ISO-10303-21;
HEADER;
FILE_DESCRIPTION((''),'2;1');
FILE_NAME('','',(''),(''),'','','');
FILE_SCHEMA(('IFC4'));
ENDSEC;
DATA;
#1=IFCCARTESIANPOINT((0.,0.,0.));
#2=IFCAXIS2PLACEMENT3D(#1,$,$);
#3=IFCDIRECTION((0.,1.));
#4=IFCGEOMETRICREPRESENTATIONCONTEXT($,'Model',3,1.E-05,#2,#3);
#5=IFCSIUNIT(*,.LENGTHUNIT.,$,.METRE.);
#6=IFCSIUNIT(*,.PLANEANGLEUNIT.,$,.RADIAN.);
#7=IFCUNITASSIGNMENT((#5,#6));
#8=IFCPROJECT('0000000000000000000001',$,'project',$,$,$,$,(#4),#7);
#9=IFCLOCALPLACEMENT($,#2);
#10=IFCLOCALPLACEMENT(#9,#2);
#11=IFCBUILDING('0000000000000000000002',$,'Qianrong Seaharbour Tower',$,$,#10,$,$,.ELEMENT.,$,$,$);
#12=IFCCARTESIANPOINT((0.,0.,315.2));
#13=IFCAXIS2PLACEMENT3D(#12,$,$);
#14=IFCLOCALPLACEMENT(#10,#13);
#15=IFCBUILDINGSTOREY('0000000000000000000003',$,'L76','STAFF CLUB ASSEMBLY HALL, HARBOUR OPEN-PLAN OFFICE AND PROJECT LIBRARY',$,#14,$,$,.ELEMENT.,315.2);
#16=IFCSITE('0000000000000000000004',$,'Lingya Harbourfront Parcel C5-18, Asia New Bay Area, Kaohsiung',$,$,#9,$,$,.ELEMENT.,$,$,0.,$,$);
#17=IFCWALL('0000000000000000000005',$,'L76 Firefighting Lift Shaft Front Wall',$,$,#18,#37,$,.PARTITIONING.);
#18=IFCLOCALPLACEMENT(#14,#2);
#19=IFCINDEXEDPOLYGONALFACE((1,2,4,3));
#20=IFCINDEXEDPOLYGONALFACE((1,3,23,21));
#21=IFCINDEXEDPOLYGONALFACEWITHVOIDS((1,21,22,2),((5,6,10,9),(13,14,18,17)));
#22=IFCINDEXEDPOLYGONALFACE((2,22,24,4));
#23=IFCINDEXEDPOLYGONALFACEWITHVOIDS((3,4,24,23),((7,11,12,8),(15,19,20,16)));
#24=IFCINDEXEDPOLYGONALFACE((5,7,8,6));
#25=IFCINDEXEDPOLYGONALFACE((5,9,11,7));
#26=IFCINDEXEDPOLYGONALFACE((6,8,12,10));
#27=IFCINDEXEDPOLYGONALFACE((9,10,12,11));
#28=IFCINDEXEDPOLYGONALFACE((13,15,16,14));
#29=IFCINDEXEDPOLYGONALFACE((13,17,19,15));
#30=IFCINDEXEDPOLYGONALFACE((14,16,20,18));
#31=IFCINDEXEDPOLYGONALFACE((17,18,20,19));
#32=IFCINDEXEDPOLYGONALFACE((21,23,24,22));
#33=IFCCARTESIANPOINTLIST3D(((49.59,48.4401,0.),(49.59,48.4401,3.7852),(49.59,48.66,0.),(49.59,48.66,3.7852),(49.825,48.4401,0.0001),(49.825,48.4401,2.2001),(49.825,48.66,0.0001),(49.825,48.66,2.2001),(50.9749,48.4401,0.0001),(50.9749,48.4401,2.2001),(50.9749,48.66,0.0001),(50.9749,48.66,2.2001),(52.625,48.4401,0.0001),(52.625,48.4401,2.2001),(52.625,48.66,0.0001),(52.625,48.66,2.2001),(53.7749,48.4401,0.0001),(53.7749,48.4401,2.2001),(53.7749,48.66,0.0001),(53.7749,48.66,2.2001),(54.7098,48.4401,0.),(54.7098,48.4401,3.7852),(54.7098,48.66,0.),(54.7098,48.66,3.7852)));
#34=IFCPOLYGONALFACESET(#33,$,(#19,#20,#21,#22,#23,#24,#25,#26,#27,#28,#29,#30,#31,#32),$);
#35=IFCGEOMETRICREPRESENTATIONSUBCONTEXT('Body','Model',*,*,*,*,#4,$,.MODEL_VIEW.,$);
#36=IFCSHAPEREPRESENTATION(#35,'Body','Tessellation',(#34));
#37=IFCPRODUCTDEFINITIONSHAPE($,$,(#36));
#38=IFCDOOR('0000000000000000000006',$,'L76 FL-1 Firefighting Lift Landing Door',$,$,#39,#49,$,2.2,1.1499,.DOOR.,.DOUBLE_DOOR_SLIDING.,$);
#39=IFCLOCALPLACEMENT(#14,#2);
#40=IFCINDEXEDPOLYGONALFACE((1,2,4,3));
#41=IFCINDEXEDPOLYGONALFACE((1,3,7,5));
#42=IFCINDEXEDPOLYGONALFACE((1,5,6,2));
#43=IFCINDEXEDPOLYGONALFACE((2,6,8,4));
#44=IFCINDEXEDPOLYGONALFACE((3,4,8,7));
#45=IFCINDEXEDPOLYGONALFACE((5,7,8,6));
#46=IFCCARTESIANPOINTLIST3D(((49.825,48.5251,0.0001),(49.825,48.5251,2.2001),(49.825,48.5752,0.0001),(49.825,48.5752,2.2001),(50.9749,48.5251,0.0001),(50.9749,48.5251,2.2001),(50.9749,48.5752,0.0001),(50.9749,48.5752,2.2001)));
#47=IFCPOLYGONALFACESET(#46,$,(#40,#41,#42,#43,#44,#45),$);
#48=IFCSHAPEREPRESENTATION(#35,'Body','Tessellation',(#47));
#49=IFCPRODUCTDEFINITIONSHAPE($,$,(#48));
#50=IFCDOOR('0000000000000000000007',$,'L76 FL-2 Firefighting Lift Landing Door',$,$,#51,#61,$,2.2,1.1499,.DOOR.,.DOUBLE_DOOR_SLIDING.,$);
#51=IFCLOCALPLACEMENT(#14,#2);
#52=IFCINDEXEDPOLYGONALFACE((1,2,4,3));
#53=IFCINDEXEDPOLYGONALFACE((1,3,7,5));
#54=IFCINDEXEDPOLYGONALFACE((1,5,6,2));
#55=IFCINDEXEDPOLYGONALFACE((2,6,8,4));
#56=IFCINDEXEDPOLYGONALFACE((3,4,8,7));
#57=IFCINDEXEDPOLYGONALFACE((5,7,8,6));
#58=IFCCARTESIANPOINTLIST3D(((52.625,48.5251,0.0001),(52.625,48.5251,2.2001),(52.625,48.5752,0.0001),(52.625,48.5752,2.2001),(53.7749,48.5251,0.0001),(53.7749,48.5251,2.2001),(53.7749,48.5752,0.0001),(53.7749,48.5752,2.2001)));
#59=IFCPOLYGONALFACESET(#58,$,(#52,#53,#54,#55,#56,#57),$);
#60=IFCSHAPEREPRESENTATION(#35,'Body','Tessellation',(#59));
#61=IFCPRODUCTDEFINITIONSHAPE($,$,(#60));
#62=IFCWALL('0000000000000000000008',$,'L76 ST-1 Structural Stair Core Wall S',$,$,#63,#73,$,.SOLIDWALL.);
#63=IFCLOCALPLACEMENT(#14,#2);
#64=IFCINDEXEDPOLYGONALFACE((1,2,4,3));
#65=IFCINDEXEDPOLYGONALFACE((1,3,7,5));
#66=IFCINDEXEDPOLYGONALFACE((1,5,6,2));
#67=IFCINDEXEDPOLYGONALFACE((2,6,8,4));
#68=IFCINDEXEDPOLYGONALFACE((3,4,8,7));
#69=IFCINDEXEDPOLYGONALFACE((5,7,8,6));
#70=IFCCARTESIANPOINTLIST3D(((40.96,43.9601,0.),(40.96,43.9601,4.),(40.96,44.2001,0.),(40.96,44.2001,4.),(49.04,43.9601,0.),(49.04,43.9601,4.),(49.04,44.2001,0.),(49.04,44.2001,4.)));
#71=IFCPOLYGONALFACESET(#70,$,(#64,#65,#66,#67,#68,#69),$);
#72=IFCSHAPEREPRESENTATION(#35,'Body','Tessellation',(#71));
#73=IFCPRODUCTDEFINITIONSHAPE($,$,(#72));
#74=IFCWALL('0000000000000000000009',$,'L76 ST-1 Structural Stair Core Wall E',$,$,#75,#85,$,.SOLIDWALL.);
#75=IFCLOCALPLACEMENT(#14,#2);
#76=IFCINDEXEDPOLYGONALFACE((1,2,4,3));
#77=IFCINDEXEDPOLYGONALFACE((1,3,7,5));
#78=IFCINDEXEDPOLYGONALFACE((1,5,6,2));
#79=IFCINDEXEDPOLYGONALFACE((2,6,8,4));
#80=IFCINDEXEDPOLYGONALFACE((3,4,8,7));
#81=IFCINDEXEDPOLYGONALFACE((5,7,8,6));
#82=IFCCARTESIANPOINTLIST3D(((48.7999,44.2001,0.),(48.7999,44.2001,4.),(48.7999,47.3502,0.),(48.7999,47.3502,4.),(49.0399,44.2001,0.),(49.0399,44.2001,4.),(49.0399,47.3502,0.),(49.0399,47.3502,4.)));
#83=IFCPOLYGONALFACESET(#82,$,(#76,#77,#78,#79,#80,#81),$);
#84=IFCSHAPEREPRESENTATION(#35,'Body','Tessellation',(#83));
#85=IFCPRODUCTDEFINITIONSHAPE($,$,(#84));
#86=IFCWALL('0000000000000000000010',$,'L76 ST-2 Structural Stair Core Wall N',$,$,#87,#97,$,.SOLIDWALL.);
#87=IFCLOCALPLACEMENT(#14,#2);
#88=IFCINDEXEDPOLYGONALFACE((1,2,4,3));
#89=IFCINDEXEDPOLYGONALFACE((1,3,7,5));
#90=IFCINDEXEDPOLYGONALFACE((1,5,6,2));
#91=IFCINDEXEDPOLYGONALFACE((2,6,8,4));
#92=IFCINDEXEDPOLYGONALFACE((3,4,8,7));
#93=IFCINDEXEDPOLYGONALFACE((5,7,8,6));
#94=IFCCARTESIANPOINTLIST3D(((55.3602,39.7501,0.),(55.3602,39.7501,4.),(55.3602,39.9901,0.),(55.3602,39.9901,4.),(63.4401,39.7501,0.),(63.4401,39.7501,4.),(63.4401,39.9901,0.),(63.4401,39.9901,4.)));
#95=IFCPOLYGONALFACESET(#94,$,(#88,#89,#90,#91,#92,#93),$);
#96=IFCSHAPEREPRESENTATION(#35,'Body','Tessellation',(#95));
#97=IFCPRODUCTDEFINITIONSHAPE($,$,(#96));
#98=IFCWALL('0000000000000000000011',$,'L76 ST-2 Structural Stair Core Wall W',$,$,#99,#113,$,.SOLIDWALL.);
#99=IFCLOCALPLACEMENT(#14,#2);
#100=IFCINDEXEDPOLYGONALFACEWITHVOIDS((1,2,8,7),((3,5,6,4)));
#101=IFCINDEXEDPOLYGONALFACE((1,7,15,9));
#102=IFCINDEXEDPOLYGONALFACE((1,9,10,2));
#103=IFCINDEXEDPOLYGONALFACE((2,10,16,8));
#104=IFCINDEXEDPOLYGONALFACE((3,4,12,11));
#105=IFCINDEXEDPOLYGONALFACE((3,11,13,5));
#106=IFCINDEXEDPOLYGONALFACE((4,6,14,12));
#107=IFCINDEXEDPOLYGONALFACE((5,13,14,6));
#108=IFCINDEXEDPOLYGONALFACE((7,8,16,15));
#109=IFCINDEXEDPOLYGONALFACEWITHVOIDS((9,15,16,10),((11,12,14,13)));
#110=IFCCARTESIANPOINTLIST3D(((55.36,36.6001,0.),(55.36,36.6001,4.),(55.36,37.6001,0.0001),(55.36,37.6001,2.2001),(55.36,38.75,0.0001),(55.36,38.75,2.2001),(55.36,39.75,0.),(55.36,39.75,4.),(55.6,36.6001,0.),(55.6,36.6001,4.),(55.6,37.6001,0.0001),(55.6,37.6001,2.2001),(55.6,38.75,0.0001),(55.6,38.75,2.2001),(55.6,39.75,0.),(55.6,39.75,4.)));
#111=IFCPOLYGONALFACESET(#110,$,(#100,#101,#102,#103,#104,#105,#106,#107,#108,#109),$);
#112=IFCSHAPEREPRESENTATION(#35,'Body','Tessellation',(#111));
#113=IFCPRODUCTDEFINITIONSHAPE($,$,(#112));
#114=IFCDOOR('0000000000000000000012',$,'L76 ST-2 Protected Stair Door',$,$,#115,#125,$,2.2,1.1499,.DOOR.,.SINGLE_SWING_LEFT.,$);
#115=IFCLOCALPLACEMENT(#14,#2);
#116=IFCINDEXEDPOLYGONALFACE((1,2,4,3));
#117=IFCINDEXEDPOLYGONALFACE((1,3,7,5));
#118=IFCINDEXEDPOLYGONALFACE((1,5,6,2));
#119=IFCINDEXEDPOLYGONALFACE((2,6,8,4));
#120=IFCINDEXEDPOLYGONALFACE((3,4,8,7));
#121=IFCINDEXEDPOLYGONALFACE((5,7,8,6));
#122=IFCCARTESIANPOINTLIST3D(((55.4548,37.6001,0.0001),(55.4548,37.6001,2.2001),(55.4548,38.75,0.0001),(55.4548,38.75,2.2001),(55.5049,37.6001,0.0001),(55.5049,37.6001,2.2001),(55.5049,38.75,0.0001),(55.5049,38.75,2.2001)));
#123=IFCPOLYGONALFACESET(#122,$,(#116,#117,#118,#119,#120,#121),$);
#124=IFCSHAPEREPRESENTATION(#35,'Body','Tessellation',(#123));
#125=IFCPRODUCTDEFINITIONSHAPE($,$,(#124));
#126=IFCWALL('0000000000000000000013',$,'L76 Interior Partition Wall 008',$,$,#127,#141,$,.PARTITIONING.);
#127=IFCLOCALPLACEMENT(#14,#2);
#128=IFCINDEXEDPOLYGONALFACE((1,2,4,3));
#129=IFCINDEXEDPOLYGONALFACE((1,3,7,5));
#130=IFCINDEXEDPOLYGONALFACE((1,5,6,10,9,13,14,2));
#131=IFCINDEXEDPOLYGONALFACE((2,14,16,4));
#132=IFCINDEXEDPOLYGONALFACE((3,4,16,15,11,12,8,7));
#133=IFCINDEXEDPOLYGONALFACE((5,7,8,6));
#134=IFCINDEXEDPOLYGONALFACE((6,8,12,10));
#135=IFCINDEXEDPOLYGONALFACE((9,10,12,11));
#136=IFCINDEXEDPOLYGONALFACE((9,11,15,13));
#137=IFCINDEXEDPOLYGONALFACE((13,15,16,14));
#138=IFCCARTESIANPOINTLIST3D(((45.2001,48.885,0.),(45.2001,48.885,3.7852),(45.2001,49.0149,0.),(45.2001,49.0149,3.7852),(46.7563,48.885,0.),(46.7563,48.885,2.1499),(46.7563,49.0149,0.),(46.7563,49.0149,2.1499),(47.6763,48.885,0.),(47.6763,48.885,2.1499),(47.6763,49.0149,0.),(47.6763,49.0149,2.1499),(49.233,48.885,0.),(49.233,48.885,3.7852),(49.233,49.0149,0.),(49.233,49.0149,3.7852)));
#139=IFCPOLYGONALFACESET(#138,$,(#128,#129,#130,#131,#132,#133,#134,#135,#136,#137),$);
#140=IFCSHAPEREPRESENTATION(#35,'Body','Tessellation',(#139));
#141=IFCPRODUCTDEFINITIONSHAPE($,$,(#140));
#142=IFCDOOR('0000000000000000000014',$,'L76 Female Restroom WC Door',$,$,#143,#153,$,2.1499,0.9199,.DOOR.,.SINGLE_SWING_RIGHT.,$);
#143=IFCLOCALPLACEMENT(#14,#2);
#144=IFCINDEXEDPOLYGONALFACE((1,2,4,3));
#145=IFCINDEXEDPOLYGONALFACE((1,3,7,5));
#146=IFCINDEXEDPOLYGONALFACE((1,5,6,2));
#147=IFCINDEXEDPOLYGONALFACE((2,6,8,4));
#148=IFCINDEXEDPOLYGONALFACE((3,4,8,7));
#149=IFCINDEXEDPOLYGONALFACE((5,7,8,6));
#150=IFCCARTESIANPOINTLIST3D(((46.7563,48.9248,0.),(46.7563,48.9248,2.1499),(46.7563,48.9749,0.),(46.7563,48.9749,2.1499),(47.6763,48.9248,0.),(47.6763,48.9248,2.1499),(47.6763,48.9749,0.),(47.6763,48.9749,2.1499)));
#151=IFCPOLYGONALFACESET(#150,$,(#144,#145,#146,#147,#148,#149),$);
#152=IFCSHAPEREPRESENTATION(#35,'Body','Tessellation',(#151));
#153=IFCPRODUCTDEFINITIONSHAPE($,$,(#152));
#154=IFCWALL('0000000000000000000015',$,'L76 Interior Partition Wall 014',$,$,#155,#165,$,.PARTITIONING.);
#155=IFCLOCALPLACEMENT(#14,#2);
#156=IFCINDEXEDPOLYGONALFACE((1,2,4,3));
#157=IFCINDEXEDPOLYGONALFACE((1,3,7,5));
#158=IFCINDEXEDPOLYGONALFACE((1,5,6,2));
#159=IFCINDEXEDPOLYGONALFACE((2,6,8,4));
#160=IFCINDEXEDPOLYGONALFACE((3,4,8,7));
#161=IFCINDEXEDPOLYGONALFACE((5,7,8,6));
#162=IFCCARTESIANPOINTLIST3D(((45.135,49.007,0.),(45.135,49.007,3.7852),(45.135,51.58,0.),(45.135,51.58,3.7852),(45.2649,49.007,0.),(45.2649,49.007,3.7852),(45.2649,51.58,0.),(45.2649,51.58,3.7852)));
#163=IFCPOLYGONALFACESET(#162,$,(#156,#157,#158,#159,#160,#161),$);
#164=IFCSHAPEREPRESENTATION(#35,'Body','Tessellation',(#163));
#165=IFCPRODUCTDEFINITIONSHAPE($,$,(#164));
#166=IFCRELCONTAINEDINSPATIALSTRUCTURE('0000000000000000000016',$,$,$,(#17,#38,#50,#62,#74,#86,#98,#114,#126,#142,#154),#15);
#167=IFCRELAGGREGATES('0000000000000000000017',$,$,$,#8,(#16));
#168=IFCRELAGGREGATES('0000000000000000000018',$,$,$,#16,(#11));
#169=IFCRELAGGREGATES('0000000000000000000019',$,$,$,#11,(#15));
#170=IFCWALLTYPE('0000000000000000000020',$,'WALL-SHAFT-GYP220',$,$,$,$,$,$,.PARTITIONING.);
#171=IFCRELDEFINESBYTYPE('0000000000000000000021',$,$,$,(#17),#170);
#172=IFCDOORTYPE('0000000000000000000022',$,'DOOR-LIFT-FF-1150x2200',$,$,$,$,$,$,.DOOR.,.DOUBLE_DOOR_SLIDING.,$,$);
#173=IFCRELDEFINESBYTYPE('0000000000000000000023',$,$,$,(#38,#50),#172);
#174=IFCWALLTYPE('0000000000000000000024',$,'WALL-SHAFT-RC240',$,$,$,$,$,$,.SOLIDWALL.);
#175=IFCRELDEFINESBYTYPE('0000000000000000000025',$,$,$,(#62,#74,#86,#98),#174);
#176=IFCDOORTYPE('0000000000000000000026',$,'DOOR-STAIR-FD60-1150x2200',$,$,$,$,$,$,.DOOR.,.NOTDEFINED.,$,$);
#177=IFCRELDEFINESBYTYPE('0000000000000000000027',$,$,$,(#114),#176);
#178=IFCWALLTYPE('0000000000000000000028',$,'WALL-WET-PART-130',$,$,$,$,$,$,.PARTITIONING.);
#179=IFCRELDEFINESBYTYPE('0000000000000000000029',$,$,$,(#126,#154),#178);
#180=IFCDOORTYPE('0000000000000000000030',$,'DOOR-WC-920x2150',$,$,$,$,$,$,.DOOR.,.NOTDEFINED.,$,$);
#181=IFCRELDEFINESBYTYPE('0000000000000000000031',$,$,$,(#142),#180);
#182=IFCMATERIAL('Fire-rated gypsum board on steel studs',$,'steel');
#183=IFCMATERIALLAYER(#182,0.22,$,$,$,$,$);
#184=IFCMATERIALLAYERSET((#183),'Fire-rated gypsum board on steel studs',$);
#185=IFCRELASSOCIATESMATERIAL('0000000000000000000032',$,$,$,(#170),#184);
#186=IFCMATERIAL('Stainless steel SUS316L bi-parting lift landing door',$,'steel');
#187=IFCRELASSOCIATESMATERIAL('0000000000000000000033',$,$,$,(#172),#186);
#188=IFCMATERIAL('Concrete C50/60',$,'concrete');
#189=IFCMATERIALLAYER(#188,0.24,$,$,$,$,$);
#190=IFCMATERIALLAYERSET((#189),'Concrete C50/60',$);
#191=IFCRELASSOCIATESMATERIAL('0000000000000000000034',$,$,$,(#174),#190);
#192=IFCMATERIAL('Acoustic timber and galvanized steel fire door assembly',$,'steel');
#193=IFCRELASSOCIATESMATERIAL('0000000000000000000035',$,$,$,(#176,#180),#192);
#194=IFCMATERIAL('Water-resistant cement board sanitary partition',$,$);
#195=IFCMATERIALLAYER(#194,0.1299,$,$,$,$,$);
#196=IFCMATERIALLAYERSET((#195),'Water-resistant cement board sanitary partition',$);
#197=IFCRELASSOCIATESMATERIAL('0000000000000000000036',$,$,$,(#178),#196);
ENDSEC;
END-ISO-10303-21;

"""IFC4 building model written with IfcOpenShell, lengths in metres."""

from ifc_helpers import new_model, si_unit, direction, frame, frame_2d, origin, place, context, subcontext, project, spatial, rectangle, extrude, material, layer, layer_set, type_object, element, fill, save


model = new_model("IFC4")

# Units and contexts
model_context = context("Model", 3, precision=1e-05, world=origin(), true_north=direction((0.0, 1.0)))
body_context = subcontext(model_context, "Body", "Model", "MODEL_VIEW")
ifc_project = project(units=[si_unit("LENGTHUNIT", "METRE"), si_unit("PLANEANGLEUNIT", "RADIAN")], contexts=[model_context])

# Site, building, storey
site_placement = place(None, origin())
site = spatial("IfcSite", under=ifc_project, at=site_placement, Name="Lingya Harbourfront Parcel C5-18, Asia New Bay Area, Kaohsiung", CompositionType="ELEMENT", RefElevation=0.0)
building_placement = place(site_placement, origin())
building = spatial("IfcBuilding", under=site, at=building_placement, Name="Qianrong Seaharbour Tower", CompositionType="ELEMENT")
storey_placement = place(building_placement, frame((0.0, 0.0, 315.2)))
storey = spatial("IfcBuildingStorey", under=building, at=storey_placement, Name="L76", Description="STAFF CLUB ASSEMBLY HALL, HARBOUR OPEN-PLAN OFFICE AND PROJECT LIBRARY", CompositionType="ELEMENT", Elevation=315.2)

# Shared definitions
ifc_material_1 = material(Name="Concrete C50/60", Category="concrete")

# Shared definitions
ifc_material_2 = material(Name="Acoustic timber and galvanized steel fire door assembly", Category="steel")

# Shared definitions
ifc_material_3 = material(Name="Fire-rated gypsum board on steel studs", Category="steel")

# Wall, openings, doors
ifc_layer_1 = layer(ifc_material_3, 0.22)
ifc_layer_set_1 = layer_set([ifc_layer_1], Name="Fire-rated gypsum board on steel studs")
wall_type_1 = type_object("IfcWallType", Name="WALL-SHAFT-GYP220", PredefinedType="PARTITIONING", material=ifc_layer_set_1)
wall_1_placement = place(storey_placement, frame((54.71, 48.55, 0.0), z_axis=(0.0, 0.0, 1.0), x_axis=(-1.0, 0.0, 0.0)))
wall_1 = element("IfcWall", 1, at=wall_1_placement, inside=storey, type_object=wall_type_1, Name="L76 Firefighting Lift Shaft Front Wall", PredefinedType="PARTITIONING", context=body_context, shape_type="SweptSolid", body=[
    extrude(rectangle(XDim=5.1199, YDim=0.22, at=frame_2d((2.5601, 0.0))), origin(), (0.0, 0.0, 1.0), 3.7852),
])
opening_1_placement = place(wall_1_placement, frame((3.7351, 0.0, 0.0)))
opening_1 = element("IfcOpeningElement", 2, at=opening_1_placement, cuts=wall_1, PredefinedType="OPENING", context=body_context, shape_type="SweptSolid", body=[
    extrude(rectangle(XDim=1.1499, YDim=2.2, at=frame_2d((0.575, 1.1001))), frame((0.0, 0.1201, 0.0), z_axis=(0.0, -1.0, 0.0), x_axis=(1.0, 0.0, 0.0)), (0.0, 0.0, 1.0), 0.24),
])
opening_2_placement = place(wall_1_placement, frame((0.9351, 0.0, 0.0)))
opening_2 = element("IfcOpeningElement", 3, at=opening_2_placement, cuts=wall_1, PredefinedType="OPENING", context=body_context, shape_type="SweptSolid", body=[
    extrude(rectangle(XDim=1.1499, YDim=2.2, at=frame_2d((0.575, 1.1001))), frame((0.0, 0.1201, 0.0), z_axis=(0.0, -1.0, 0.0), x_axis=(1.0, 0.0, 0.0)), (0.0, 0.0, 1.0), 0.24),
])
ifc_material_4 = material(Name="Stainless steel SUS316L bi-parting lift landing door", Category="steel")
door_type_1 = type_object("IfcDoorType", Name="DOOR-LIFT-FF-1150x2200", OperationType="DOUBLE_DOOR_SLIDING", PredefinedType="DOOR", material=ifc_material_4)
door_1_placement = place(opening_1_placement, origin())
door_1 = element("IfcDoor", 4, at=door_1_placement, inside=storey, type_object=door_type_1, Name="L76 FL-1 Firefighting Lift Landing Door", OperationType="DOUBLE_DOOR_SLIDING", OverallHeight=2.2, OverallWidth=1.1499, PredefinedType="DOOR", context=body_context, shape_type="SweptSolid", body=[
    extrude(rectangle(XDim=1.1499, YDim=2.2, at=frame_2d((0.575, 1.1001))), frame((0.0, 0.0249, 0.0), z_axis=(0.0, -1.0, 0.0), x_axis=(1.0, 0.0, 0.0)), (0.0, 0.0, 1.0), 0.05),
])
fill(opening_1, door_1)
door_2_placement = place(opening_2_placement, origin())
door_2 = element("IfcDoor", 5, at=door_2_placement, inside=storey, type_object=door_type_1, Name="L76 FL-2 Firefighting Lift Landing Door", OperationType="DOUBLE_DOOR_SLIDING", OverallHeight=2.2, OverallWidth=1.1499, PredefinedType="DOOR", context=body_context, shape_type="SweptSolid", body=[
    extrude(rectangle(XDim=1.1499, YDim=2.2, at=frame_2d((0.575, 1.1001))), frame((0.0, 0.0249, 0.0), z_axis=(0.0, -1.0, 0.0), x_axis=(1.0, 0.0, 0.0)), (0.0, 0.0, 1.0), 0.05),
])
fill(opening_2, door_2)

# Walls
ifc_layer_2 = layer(ifc_material_1, 0.24)
ifc_layer_set_2 = layer_set([ifc_layer_2], Name="Concrete C50/60")
wall_type_2 = type_object("IfcWallType", Name="WALL-SHAFT-RC240", PredefinedType="SOLIDWALL", material=ifc_layer_set_2)
wall_2_placement = place(storey_placement, frame((49.04, 44.0801, 0.0), z_axis=(0.0, 0.0, 1.0), x_axis=(-1.0, 0.0, 0.0)))
element("IfcWall", 6, at=wall_2_placement, inside=storey, type_object=wall_type_2, Name="L76 ST-1 Structural Stair Core Wall S", PredefinedType="SOLIDWALL", context=body_context, shape_type="SweptSolid", body=[
    extrude(rectangle(XDim=8.0801, YDim=0.24, at=frame_2d((4.04, 0.0))), origin(), (0.0, 0.0, 1.0), 4.0),
])
wall_3_placement = place(storey_placement, frame((48.9199, 44.2, 0.0), z_axis=(0.0, 0.0, 1.0), x_axis=(0.0, 1.0, 0.0)))
element("IfcWall", 7, at=wall_3_placement, inside=storey, type_object=wall_type_2, Name="L76 ST-1 Structural Stair Core Wall E", PredefinedType="SOLIDWALL", context=body_context, shape_type="SweptSolid", body=[
    extrude(rectangle(XDim=3.1501, YDim=0.24, at=frame_2d((1.5752, 0.0))), origin(), (0.0, 0.0, 1.0), 4.0),
])
wall_4_placement = place(storey_placement, frame((55.3601, 39.8701, 0.0), z_axis=(0.0, 0.0, 1.0), x_axis=(1.0, 0.0, 0.0)))
element("IfcWall", 8, at=wall_4_placement, inside=storey, type_object=wall_type_2, Name="L76 ST-2 Structural Stair Core Wall N", PredefinedType="SOLIDWALL", context=body_context, shape_type="SweptSolid", body=[
    extrude(rectangle(XDim=8.0798, YDim=0.24, at=frame_2d((4.04, 0.0))), origin(), (0.0, 0.0, 1.0), 4.0),
])

# Walls, openings, doors
wall_5_placement = place(storey_placement, frame((55.48, 39.75, 0.0), z_axis=(0.0, 0.0, 1.0), x_axis=(0.0, -1.0, 0.0)))
wall_5 = element("IfcWall", 9, at=wall_5_placement, inside=storey, type_object=wall_type_2, Name="L76 ST-2 Structural Stair Core Wall W", PredefinedType="SOLIDWALL", context=body_context, shape_type="SweptSolid", body=[
    extrude(rectangle(XDim=3.1499, YDim=0.24, at=frame_2d((1.575, 0.0))), origin(), (0.0, 0.0, 1.0), 4.0),
])
opening_3_placement = place(wall_5_placement, frame((1.0, 0.0, 0.0)))
opening_3 = element("IfcOpeningElement", 10, at=opening_3_placement, cuts=wall_5, PredefinedType="OPENING", context=body_context, shape_type="SweptSolid", body=[
    extrude(rectangle(XDim=1.1499, YDim=2.2, at=frame_2d((0.575, 1.1001))), frame((0.0, 0.1299, 0.0), z_axis=(0.0, -1.0, 0.0), x_axis=(1.0, 0.0, 0.0)), (0.0, 0.0, 1.0), 0.26),
])
door_type_2 = type_object("IfcDoorType", Name="DOOR-STAIR-FD60-1150x2200", OperationType="NOTDEFINED", PredefinedType="DOOR", material=ifc_material_2)
door_3_placement = place(opening_3_placement, origin())
door_3 = element("IfcDoor", 11, at=door_3_placement, inside=storey, type_object=door_type_2, Name="L76 ST-2 Protected Stair Door", OperationType="SINGLE_SWING_LEFT", OverallHeight=2.2, OverallWidth=1.1499, PredefinedType="DOOR", context=body_context, shape_type="SweptSolid", body=[
    extrude(rectangle(XDim=1.1499, YDim=2.2, at=frame_2d((0.575, 1.1001))), frame((0.0, 0.0249, 0.0), z_axis=(0.0, -1.0, 0.0), x_axis=(1.0, 0.0, 0.0)), (0.0, 0.0, 1.0), 0.05),
])
fill(opening_3, door_3)
ifc_material_5 = material(Name="Water-resistant cement board sanitary partition")
ifc_layer_3 = layer(ifc_material_5, 0.1299)
ifc_layer_set_3 = layer_set([ifc_layer_3], Name="Water-resistant cement board sanitary partition")
wall_type_3 = type_object("IfcWallType", Name="WALL-WET-PART-130", PredefinedType="PARTITIONING", material=ifc_layer_set_3)
wall_6_placement = place(storey_placement, frame((45.2, 48.95, 0.0), z_axis=(0.0, 0.0, 1.0), x_axis=(1.0, 0.0, 0.0)))
wall_6 = element("IfcWall", 12, at=wall_6_placement, inside=storey, type_object=wall_type_3, Name="L76 Interior Partition Wall 008", PredefinedType="PARTITIONING", context=body_context, shape_type="SweptSolid", body=[
    extrude(rectangle(XDim=4.033, YDim=0.1299, at=frame_2d((2.0166, 0.0))), origin(), (0.0, 0.0, 1.0), 3.7852),
])
opening_4_placement = place(wall_6_placement, frame((1.5564, 0.0, 0.0)))
opening_4 = element("IfcOpeningElement", 13, at=opening_4_placement, cuts=wall_6, PredefinedType="OPENING", context=body_context, shape_type="SweptSolid", body=[
    extrude(rectangle(XDim=0.9199, YDim=2.1499, at=frame_2d((0.46, 1.075))), frame((0.0, 0.075, 0.0), z_axis=(0.0, -1.0, 0.0), x_axis=(1.0, 0.0, 0.0)), (0.0, 0.0, 1.0), 0.1499),
])
door_type_3 = type_object("IfcDoorType", Name="DOOR-WC-920x2150", OperationType="NOTDEFINED", PredefinedType="DOOR", material=ifc_material_2)
door_4_placement = place(opening_4_placement, origin())
door_4 = element("IfcDoor", 14, at=door_4_placement, inside=storey, type_object=door_type_3, Name="L76 Female Restroom WC Door", OperationType="SINGLE_SWING_RIGHT", OverallHeight=2.1499, OverallWidth=0.9199, PredefinedType="DOOR", context=body_context, shape_type="SweptSolid", body=[
    extrude(rectangle(XDim=0.9199, YDim=2.1499, at=frame_2d((0.46, 1.075))), frame((0.0, 0.0249, 0.0), z_axis=(0.0, -1.0, 0.0), x_axis=(1.0, 0.0, 0.0)), (0.0, 0.0, 1.0), 0.05),
])
fill(opening_4, door_4)

# Wall
wall_7_placement = place(storey_placement, frame((45.2, 51.5801, 0.0), z_axis=(0.0, 0.0, 1.0), x_axis=(0.0, -1.0, 0.0)))
element("IfcWall", 15, at=wall_7_placement, inside=storey, type_object=wall_type_3, Name="L76 Interior Partition Wall 014", PredefinedType="PARTITIONING", context=body_context, shape_type="SweptSolid", body=[
    extrude(rectangle(XDim=2.573, YDim=0.1299, at=frame_2d((1.2866, 0.0))), origin(), (0.0, 0.0, 1.0), 3.7852),
])

save(model, "model.ifc")
